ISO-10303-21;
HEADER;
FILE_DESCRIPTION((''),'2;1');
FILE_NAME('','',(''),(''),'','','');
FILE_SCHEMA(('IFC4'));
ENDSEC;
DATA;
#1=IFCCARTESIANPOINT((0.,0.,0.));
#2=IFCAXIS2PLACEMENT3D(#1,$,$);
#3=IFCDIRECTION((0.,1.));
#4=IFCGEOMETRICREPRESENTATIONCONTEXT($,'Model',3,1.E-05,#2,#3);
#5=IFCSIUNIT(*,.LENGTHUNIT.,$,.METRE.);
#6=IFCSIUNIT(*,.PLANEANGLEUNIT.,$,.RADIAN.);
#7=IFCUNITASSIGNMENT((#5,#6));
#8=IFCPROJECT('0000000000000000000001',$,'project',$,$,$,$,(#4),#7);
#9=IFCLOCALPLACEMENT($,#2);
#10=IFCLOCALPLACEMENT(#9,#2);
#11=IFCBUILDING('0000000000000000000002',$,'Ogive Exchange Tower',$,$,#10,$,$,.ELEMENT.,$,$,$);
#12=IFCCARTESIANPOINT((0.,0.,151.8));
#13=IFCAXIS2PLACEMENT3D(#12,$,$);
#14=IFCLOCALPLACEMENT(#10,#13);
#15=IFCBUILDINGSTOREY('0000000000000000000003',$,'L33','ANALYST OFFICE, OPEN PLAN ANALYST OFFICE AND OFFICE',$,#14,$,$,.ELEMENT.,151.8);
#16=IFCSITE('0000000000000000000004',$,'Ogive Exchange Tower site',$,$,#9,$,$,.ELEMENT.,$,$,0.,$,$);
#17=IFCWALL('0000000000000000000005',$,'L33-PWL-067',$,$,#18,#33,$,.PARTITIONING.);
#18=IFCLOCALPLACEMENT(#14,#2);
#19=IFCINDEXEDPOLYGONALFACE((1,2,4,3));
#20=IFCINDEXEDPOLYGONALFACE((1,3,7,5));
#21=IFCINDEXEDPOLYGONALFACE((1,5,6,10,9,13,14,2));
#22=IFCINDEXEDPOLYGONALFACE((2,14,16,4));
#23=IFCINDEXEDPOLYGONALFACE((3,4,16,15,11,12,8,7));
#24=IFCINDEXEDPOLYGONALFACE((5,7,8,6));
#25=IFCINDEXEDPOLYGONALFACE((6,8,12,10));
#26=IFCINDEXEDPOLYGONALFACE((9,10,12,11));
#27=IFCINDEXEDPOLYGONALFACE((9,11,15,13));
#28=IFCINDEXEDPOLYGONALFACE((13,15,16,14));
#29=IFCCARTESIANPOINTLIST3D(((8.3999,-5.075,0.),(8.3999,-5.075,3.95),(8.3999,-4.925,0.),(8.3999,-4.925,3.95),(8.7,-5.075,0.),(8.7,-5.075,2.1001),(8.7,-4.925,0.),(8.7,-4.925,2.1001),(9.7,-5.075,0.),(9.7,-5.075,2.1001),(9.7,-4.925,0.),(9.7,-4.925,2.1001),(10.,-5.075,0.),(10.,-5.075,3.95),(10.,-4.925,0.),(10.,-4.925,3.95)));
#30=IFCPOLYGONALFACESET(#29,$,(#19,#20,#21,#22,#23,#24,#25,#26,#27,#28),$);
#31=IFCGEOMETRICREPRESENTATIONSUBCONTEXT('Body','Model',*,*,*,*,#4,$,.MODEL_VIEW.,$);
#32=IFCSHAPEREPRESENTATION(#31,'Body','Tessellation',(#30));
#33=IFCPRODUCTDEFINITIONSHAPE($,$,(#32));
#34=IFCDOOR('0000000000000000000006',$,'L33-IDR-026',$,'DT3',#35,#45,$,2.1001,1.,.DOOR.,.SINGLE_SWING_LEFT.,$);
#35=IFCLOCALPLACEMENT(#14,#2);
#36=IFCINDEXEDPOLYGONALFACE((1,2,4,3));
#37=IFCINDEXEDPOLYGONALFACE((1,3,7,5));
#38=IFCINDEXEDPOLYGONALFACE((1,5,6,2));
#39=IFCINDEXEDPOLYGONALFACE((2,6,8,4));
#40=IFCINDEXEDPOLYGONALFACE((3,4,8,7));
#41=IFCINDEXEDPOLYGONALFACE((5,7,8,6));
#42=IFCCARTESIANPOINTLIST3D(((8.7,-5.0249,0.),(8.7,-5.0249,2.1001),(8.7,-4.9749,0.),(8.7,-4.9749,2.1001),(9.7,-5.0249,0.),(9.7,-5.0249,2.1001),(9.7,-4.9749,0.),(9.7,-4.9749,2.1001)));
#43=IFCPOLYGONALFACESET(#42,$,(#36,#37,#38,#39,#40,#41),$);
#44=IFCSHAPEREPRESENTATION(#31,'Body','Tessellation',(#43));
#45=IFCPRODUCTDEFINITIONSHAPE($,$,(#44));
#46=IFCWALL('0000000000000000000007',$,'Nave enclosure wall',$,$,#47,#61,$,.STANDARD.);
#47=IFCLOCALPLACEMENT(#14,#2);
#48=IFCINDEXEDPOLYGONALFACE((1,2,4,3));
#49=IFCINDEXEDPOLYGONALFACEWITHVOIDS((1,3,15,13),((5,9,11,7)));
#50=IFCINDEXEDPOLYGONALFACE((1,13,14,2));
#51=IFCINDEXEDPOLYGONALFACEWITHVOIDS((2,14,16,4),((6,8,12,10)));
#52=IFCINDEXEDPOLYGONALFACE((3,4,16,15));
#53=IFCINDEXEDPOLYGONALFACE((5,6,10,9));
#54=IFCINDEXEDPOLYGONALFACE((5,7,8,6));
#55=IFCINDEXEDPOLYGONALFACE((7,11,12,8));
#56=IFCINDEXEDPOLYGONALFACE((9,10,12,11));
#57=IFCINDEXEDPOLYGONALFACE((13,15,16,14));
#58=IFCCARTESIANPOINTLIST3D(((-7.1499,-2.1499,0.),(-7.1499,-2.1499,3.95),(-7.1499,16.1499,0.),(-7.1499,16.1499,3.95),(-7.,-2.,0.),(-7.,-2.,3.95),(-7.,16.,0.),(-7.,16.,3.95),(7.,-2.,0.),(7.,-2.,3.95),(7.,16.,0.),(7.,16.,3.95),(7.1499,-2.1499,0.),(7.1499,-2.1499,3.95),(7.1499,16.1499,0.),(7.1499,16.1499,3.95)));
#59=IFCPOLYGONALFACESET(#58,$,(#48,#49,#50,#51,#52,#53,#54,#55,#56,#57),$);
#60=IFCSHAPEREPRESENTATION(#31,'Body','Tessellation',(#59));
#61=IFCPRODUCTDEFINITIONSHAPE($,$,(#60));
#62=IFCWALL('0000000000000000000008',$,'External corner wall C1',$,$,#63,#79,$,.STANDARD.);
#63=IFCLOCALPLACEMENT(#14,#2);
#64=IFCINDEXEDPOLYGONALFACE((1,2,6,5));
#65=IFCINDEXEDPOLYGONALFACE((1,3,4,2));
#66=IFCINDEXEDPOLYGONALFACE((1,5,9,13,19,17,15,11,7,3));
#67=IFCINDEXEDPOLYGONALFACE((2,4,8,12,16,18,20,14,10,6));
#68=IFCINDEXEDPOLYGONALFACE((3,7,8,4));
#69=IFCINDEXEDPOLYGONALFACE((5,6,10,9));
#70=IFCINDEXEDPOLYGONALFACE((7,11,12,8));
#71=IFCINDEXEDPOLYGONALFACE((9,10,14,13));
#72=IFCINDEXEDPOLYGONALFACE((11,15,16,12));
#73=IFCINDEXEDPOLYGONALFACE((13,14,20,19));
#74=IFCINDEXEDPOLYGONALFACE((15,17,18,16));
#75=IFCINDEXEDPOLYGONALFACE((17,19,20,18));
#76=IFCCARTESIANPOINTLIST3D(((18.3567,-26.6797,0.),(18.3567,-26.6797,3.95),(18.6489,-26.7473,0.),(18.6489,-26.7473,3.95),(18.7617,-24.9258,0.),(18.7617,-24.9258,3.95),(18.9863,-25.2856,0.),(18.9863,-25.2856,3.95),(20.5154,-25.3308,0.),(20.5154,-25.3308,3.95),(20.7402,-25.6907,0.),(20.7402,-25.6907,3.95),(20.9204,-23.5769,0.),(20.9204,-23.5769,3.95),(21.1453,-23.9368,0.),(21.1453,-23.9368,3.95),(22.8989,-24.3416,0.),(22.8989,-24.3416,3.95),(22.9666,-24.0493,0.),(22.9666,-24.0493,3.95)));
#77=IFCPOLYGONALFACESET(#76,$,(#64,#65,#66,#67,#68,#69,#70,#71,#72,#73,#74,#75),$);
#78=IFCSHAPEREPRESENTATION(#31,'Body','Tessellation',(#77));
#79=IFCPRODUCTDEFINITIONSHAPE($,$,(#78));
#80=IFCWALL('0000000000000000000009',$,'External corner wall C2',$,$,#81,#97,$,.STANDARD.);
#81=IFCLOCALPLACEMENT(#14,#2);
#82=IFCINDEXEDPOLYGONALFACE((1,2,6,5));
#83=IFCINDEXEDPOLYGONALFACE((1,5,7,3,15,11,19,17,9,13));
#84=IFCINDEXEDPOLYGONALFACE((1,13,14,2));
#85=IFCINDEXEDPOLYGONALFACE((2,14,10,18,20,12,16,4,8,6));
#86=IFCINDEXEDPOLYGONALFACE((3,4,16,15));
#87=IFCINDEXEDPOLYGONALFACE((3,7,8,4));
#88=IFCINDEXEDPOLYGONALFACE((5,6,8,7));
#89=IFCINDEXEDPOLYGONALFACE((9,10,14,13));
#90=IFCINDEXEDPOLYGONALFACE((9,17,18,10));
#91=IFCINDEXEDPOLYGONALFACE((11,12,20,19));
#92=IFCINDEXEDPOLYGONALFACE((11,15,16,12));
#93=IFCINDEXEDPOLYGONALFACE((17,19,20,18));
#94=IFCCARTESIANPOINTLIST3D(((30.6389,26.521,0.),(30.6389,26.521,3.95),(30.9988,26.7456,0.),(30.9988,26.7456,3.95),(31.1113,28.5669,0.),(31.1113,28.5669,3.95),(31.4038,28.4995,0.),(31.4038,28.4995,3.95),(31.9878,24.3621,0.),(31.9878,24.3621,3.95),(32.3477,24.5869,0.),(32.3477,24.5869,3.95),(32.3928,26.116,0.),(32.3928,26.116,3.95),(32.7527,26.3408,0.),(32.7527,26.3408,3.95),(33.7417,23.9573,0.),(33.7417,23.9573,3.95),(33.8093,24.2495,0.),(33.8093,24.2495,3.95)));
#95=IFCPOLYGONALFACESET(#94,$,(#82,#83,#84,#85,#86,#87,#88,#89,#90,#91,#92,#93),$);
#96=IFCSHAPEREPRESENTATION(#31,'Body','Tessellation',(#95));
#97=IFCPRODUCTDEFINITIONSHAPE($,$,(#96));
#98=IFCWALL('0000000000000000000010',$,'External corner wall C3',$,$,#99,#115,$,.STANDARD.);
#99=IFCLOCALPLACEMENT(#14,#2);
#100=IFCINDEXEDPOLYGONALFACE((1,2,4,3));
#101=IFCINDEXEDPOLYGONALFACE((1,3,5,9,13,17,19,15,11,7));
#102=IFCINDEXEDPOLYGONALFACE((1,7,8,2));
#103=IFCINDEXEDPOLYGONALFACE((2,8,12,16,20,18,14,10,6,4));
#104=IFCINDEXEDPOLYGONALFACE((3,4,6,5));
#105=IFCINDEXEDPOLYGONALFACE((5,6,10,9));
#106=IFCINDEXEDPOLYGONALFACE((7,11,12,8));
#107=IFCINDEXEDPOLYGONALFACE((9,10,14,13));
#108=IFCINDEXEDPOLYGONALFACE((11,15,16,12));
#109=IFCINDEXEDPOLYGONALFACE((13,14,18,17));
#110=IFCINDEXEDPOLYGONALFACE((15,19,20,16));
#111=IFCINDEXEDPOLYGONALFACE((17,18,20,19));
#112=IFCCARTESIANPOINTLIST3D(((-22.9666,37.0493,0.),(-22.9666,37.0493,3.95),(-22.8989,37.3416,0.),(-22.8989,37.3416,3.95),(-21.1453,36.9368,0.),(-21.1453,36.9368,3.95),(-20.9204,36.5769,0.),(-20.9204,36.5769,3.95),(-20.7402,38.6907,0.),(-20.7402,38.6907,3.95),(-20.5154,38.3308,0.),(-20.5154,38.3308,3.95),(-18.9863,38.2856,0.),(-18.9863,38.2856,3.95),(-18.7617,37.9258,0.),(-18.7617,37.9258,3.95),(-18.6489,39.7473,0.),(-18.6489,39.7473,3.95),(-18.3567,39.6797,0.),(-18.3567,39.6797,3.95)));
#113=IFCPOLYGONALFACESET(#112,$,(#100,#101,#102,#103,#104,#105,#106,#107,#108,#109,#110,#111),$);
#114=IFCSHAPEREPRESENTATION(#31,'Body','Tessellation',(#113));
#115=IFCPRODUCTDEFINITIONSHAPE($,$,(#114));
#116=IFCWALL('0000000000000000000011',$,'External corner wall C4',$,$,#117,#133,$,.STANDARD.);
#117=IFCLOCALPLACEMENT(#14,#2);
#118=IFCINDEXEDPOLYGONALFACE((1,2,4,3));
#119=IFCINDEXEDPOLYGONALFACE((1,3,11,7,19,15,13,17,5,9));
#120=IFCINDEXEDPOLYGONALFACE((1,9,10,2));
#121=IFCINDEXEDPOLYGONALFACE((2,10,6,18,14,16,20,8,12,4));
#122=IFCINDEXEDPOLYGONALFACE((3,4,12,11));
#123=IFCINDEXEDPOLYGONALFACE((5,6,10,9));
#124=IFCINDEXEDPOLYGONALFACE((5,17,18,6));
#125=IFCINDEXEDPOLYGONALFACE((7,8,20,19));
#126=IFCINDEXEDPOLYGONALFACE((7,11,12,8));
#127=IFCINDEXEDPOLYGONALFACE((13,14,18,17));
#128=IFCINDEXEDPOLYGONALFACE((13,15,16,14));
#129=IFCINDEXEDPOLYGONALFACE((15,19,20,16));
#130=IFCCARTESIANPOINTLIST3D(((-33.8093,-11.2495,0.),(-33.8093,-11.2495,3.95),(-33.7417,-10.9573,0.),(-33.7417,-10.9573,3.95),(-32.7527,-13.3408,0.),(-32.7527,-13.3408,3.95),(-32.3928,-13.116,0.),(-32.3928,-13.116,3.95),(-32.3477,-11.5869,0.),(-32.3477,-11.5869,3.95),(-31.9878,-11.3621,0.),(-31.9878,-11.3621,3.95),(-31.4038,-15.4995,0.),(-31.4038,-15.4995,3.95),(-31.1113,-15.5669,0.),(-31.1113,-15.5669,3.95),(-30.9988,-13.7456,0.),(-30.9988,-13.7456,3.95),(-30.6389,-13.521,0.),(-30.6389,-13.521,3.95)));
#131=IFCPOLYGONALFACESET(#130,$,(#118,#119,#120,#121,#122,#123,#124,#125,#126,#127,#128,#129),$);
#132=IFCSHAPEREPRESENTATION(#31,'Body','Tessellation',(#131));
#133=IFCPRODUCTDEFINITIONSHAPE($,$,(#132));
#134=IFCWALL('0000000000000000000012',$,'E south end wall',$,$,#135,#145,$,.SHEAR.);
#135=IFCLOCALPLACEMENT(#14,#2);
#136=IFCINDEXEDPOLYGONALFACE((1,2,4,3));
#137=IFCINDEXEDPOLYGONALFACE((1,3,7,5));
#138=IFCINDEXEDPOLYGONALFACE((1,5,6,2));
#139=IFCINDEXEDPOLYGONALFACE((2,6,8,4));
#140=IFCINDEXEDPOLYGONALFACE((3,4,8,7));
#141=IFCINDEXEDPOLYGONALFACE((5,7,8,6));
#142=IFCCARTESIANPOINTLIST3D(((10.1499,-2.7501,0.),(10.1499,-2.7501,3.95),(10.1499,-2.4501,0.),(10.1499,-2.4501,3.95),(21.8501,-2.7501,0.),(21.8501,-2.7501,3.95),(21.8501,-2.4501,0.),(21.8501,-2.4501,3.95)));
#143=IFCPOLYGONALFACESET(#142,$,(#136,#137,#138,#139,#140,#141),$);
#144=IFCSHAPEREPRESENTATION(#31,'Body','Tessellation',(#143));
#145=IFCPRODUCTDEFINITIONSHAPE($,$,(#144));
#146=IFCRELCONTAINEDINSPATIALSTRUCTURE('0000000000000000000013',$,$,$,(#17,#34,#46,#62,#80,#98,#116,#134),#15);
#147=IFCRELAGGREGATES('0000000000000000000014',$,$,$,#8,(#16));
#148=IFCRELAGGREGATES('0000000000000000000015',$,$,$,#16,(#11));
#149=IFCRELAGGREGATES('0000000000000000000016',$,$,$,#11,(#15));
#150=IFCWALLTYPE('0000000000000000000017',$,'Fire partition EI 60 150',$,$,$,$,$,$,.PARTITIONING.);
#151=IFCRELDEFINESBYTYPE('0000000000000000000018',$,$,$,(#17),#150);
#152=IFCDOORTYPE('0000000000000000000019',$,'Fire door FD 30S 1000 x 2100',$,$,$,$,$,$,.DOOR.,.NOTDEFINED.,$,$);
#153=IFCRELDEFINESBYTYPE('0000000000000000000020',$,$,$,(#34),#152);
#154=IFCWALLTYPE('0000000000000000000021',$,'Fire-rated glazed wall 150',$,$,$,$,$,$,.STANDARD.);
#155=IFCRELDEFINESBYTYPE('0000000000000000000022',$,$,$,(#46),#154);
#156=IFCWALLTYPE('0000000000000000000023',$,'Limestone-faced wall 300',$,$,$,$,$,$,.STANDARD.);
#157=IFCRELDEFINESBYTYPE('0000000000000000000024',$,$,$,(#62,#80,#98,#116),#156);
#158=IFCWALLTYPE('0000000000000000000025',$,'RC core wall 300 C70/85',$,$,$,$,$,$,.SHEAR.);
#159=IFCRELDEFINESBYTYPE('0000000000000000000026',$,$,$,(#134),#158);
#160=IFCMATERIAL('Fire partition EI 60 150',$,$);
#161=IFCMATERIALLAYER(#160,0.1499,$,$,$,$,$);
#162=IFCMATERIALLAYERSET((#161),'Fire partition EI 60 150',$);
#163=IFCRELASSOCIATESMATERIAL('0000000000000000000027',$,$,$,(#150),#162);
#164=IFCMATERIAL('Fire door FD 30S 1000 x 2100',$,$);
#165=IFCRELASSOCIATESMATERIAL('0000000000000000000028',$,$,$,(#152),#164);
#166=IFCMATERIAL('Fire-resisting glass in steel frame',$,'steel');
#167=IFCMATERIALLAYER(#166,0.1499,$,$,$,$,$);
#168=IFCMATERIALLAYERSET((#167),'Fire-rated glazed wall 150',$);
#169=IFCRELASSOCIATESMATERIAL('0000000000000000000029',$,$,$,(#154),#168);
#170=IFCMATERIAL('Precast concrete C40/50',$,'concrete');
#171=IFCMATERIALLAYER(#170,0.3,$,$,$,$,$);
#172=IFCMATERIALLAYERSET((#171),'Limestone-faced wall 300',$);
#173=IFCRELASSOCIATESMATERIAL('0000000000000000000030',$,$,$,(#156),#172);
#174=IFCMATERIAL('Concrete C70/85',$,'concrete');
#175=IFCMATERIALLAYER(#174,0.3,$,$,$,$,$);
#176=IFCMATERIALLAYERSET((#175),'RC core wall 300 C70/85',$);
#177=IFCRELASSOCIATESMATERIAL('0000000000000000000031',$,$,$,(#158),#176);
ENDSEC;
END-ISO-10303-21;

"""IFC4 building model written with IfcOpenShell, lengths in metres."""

from ifc_helpers import new_model, si_unit, direction, frame, frame_2d, origin, place, context, subcontext, project, spatial, polyline, rectangle, outline, extrude, material, layer, layer_set, type_object, element, fill, save


model = new_model("IFC4")

# Units and contexts
model_context = context("Model", 3, precision=1e-05, world=origin(), true_north=direction((0.0, 1.0)))
body_context = subcontext(model_context, "Body", "Model", "MODEL_VIEW")
ifc_project = project(units=[si_unit("LENGTHUNIT", "METRE"), si_unit("PLANEANGLEUNIT", "RADIAN")], contexts=[model_context])

# Site, building, storey
site_placement = place(None, origin())
site = spatial("IfcSite", under=ifc_project, at=site_placement, Name="Ogive Exchange Tower site", CompositionType="ELEMENT", RefElevation=0.0)
building_placement = place(site_placement, origin())
building = spatial("IfcBuilding", under=site, at=building_placement, Name="Ogive Exchange Tower", CompositionType="ELEMENT")
storey_placement = place(building_placement, frame((0.0, 0.0, 151.8)))
storey = spatial("IfcBuildingStorey", under=building, at=storey_placement, Name="L33", Description="ANALYST OFFICE, OPEN PLAN ANALYST OFFICE AND OFFICE", CompositionType="ELEMENT", Elevation=151.8)

# Shared definitions
ifc_material_1 = material(Name="Concrete C70/85", Category="concrete")

# Wall, opening, door
ifc_material_2 = material(Name="Fire partition EI 60 150")
ifc_layer_1 = layer(ifc_material_2, 0.1499)
ifc_layer_set_1 = layer_set([ifc_layer_1], Name="Fire partition EI 60 150")
wall_type_1 = type_object("IfcWallType", Name="Fire partition EI 60 150", PredefinedType="PARTITIONING", material=ifc_layer_set_1)
wall_1_placement = place(storey_placement, frame((10.0, -5.0, 0.0), z_axis=(0.0, 0.0, 1.0), x_axis=(-1.0, 0.0, 0.0)))
wall_1 = element("IfcWall", 1, at=wall_1_placement, inside=storey, type_object=wall_type_1, Name="L33-PWL-067", PredefinedType="PARTITIONING", context=body_context, shape_type="SweptSolid", body=[
    extrude(rectangle(XDim=1.6001, YDim=0.1499, at=frame_2d((0.8, 0.0))), origin(), (0.0, 0.0, 1.0), 3.95),
])
opening_1_placement = place(wall_1_placement, frame((0.3, 0.0, 0.0)))
opening_1 = element("IfcOpeningElement", 2, at=opening_1_placement, cuts=wall_1, PredefinedType="OPENING", context=body_context, shape_type="SweptSolid", body=[
    extrude(rectangle(XDim=1.0, YDim=2.1001, at=frame_2d((0.5, 1.05))), frame((0.0, 0.085, 0.0), z_axis=(0.0, -1.0, 0.0), x_axis=(1.0, 0.0, 0.0)), (0.0, 0.0, 1.0), 0.1699),
])
ifc_material_3 = material(Name="Fire door FD 30S 1000 x 2100")
door_type_1 = type_object("IfcDoorType", Name="Fire door FD 30S 1000 x 2100", OperationType="NOTDEFINED", PredefinedType="DOOR", material=ifc_material_3)
door_1_placement = place(opening_1_placement, origin())
door_1 = element("IfcDoor", 3, at=door_1_placement, inside=storey, type_object=door_type_1, Name="L33-IDR-026", ObjectType="DT3", OperationType="SINGLE_SWING_LEFT", OverallHeight=2.1001, OverallWidth=1.0, PredefinedType="DOOR", context=body_context, shape_type="SweptSolid", body=[
    extrude(rectangle(XDim=1.0, YDim=2.1001, at=frame_2d((0.5, 1.05))), frame((0.0, 0.0249, 0.0), z_axis=(0.0, -1.0, 0.0), x_axis=(1.0, 0.0, 0.0)), (0.0, 0.0, 1.0), 0.05),
])
fill(opening_1, door_1)

# Walls
ifc_material_4 = material(Name="Fire-resisting glass in steel frame", Category="steel")
ifc_layer_2 = layer(ifc_material_4, 0.1499)
ifc_layer_set_2 = layer_set([ifc_layer_2], Name="Fire-rated glazed wall 150")
wall_type_2 = type_object("IfcWallType", Name="Fire-rated glazed wall 150", PredefinedType="STANDARD", material=ifc_layer_set_2)
wall_2_placement = place(storey_placement, origin())
element("IfcWall", 4, at=wall_2_placement, inside=storey, type_object=wall_type_2, Name="Nave enclosure wall", PredefinedType="STANDARD", context=body_context, shape_type="SweptSolid", body=[
    extrude(outline(polyline([(-7.1499, -2.1499), (7.1499, -2.1499), (7.1499, 16.1499), (-7.1499, 16.1499), (-7.1499, -2.1499)]), holes=[polyline([(-7.0, -2.0), (-7.0, 16.0), (7.0, 16.0), (7.0, -2.0), (-7.0, -2.0)])]), origin(), (0.0, 0.0, 1.0), 3.95),
])
ifc_material_5 = material(Name="Precast concrete C40/50", Category="concrete")
ifc_layer_3 = layer(ifc_material_5, 0.3)
ifc_layer_set_3 = layer_set([ifc_layer_3], Name="Limestone-faced wall 300")
wall_type_3 = type_object("IfcWallType", Name="Limestone-faced wall 300", PredefinedType="STANDARD", material=ifc_layer_set_3)
wall_3_placement = place(storey_placement, origin())
element("IfcWall", 5, at=wall_3_placement, inside=storey, type_object=wall_type_3, Name="External corner wall C1", PredefinedType="STANDARD", context=body_context, shape_type="SweptSolid", body=[
    extrude(outline(polyline([(20.5154, -25.3308), (20.9204, -23.5769), (22.9666, -24.0493), (22.8989, -24.3416), (21.1453, -23.9368), (20.7402, -25.6907), (18.9863, -25.2856), (18.6489, -26.7473), (18.3567, -26.6797), (18.7617, -24.9258), (20.5154, -25.3308)])), origin(), (0.0, 0.0, 1.0), 3.95),
])
wall_4_placement = place(storey_placement, origin())
element("IfcWall", 6, at=wall_4_placement, inside=storey, type_object=wall_type_3, Name="External corner wall C2", PredefinedType="STANDARD", context=body_context, shape_type="SweptSolid", body=[
    extrude(outline(polyline([(32.3928, 26.116), (30.6389, 26.521), (31.1113, 28.5669), (31.4038, 28.4995), (30.9988, 26.7456), (32.7527, 26.3408), (32.3477, 24.5869), (33.8093, 24.2495), (33.7417, 23.9573), (31.9878, 24.3621), (32.3928, 26.116)])), origin(), (0.0, 0.0, 1.0), 3.95),
])
wall_5_placement = place(storey_placement, origin())
element("IfcWall", 7, at=wall_5_placement, inside=storey, type_object=wall_type_3, Name="External corner wall C3", PredefinedType="STANDARD", context=body_context, shape_type="SweptSolid", body=[
    extrude(outline(polyline([(-22.9666, 37.0493), (-22.8989, 37.3416), (-21.1453, 36.9368), (-20.7402, 38.6907), (-18.9863, 38.2856), (-18.6489, 39.7473), (-18.3567, 39.6797), (-18.7617, 37.9258), (-20.5154, 38.3308), (-20.9204, 36.5769), (-22.9666, 37.0493)])), origin(), (0.0, 0.0, 1.0), 3.95),
])
wall_6_placement = place(storey_placement, origin())
element("IfcWall", 8, at=wall_6_placement, inside=storey, type_object=wall_type_3, Name="External corner wall C4", PredefinedType="STANDARD", context=body_context, shape_type="SweptSolid", body=[
    extrude(outline(polyline([(-32.3928, -13.116), (-30.6389, -13.521), (-31.1113, -15.5669), (-31.4038, -15.4995), (-30.9988, -13.7456), (-32.7527, -13.3408), (-32.3477, -11.5869), (-33.8093, -11.2495), (-33.7417, -10.9573), (-31.9878, -11.3621), (-32.3928, -13.116)])), origin(), (0.0, 0.0, 1.0), 3.95),
])
ifc_layer_4 = layer(ifc_material_1, 0.3)
ifc_layer_set_4 = layer_set([ifc_layer_4], Name="RC core wall 300 C70/85")
wall_type_4 = type_object("IfcWallType", Name="RC core wall 300 C70/85", PredefinedType="SHEAR", material=ifc_layer_set_4)
wall_7_placement = place(storey_placement, frame((10.1499, -2.6001, 0.0), z_axis=(0.0, 0.0, 1.0), x_axis=(1.0, 0.0, 0.0)))
element("IfcWall", 9, at=wall_7_placement, inside=storey, type_object=wall_type_4, Name="E south end wall", PredefinedType="SHEAR", context=body_context, shape_type="SweptSolid", body=[
    extrude(rectangle(XDim=11.7002, YDim=0.3, at=frame_2d((5.8501, 0.0))), origin(), (0.0, 0.0, 1.0), 3.95),
])

save(model, "model.ifc")
